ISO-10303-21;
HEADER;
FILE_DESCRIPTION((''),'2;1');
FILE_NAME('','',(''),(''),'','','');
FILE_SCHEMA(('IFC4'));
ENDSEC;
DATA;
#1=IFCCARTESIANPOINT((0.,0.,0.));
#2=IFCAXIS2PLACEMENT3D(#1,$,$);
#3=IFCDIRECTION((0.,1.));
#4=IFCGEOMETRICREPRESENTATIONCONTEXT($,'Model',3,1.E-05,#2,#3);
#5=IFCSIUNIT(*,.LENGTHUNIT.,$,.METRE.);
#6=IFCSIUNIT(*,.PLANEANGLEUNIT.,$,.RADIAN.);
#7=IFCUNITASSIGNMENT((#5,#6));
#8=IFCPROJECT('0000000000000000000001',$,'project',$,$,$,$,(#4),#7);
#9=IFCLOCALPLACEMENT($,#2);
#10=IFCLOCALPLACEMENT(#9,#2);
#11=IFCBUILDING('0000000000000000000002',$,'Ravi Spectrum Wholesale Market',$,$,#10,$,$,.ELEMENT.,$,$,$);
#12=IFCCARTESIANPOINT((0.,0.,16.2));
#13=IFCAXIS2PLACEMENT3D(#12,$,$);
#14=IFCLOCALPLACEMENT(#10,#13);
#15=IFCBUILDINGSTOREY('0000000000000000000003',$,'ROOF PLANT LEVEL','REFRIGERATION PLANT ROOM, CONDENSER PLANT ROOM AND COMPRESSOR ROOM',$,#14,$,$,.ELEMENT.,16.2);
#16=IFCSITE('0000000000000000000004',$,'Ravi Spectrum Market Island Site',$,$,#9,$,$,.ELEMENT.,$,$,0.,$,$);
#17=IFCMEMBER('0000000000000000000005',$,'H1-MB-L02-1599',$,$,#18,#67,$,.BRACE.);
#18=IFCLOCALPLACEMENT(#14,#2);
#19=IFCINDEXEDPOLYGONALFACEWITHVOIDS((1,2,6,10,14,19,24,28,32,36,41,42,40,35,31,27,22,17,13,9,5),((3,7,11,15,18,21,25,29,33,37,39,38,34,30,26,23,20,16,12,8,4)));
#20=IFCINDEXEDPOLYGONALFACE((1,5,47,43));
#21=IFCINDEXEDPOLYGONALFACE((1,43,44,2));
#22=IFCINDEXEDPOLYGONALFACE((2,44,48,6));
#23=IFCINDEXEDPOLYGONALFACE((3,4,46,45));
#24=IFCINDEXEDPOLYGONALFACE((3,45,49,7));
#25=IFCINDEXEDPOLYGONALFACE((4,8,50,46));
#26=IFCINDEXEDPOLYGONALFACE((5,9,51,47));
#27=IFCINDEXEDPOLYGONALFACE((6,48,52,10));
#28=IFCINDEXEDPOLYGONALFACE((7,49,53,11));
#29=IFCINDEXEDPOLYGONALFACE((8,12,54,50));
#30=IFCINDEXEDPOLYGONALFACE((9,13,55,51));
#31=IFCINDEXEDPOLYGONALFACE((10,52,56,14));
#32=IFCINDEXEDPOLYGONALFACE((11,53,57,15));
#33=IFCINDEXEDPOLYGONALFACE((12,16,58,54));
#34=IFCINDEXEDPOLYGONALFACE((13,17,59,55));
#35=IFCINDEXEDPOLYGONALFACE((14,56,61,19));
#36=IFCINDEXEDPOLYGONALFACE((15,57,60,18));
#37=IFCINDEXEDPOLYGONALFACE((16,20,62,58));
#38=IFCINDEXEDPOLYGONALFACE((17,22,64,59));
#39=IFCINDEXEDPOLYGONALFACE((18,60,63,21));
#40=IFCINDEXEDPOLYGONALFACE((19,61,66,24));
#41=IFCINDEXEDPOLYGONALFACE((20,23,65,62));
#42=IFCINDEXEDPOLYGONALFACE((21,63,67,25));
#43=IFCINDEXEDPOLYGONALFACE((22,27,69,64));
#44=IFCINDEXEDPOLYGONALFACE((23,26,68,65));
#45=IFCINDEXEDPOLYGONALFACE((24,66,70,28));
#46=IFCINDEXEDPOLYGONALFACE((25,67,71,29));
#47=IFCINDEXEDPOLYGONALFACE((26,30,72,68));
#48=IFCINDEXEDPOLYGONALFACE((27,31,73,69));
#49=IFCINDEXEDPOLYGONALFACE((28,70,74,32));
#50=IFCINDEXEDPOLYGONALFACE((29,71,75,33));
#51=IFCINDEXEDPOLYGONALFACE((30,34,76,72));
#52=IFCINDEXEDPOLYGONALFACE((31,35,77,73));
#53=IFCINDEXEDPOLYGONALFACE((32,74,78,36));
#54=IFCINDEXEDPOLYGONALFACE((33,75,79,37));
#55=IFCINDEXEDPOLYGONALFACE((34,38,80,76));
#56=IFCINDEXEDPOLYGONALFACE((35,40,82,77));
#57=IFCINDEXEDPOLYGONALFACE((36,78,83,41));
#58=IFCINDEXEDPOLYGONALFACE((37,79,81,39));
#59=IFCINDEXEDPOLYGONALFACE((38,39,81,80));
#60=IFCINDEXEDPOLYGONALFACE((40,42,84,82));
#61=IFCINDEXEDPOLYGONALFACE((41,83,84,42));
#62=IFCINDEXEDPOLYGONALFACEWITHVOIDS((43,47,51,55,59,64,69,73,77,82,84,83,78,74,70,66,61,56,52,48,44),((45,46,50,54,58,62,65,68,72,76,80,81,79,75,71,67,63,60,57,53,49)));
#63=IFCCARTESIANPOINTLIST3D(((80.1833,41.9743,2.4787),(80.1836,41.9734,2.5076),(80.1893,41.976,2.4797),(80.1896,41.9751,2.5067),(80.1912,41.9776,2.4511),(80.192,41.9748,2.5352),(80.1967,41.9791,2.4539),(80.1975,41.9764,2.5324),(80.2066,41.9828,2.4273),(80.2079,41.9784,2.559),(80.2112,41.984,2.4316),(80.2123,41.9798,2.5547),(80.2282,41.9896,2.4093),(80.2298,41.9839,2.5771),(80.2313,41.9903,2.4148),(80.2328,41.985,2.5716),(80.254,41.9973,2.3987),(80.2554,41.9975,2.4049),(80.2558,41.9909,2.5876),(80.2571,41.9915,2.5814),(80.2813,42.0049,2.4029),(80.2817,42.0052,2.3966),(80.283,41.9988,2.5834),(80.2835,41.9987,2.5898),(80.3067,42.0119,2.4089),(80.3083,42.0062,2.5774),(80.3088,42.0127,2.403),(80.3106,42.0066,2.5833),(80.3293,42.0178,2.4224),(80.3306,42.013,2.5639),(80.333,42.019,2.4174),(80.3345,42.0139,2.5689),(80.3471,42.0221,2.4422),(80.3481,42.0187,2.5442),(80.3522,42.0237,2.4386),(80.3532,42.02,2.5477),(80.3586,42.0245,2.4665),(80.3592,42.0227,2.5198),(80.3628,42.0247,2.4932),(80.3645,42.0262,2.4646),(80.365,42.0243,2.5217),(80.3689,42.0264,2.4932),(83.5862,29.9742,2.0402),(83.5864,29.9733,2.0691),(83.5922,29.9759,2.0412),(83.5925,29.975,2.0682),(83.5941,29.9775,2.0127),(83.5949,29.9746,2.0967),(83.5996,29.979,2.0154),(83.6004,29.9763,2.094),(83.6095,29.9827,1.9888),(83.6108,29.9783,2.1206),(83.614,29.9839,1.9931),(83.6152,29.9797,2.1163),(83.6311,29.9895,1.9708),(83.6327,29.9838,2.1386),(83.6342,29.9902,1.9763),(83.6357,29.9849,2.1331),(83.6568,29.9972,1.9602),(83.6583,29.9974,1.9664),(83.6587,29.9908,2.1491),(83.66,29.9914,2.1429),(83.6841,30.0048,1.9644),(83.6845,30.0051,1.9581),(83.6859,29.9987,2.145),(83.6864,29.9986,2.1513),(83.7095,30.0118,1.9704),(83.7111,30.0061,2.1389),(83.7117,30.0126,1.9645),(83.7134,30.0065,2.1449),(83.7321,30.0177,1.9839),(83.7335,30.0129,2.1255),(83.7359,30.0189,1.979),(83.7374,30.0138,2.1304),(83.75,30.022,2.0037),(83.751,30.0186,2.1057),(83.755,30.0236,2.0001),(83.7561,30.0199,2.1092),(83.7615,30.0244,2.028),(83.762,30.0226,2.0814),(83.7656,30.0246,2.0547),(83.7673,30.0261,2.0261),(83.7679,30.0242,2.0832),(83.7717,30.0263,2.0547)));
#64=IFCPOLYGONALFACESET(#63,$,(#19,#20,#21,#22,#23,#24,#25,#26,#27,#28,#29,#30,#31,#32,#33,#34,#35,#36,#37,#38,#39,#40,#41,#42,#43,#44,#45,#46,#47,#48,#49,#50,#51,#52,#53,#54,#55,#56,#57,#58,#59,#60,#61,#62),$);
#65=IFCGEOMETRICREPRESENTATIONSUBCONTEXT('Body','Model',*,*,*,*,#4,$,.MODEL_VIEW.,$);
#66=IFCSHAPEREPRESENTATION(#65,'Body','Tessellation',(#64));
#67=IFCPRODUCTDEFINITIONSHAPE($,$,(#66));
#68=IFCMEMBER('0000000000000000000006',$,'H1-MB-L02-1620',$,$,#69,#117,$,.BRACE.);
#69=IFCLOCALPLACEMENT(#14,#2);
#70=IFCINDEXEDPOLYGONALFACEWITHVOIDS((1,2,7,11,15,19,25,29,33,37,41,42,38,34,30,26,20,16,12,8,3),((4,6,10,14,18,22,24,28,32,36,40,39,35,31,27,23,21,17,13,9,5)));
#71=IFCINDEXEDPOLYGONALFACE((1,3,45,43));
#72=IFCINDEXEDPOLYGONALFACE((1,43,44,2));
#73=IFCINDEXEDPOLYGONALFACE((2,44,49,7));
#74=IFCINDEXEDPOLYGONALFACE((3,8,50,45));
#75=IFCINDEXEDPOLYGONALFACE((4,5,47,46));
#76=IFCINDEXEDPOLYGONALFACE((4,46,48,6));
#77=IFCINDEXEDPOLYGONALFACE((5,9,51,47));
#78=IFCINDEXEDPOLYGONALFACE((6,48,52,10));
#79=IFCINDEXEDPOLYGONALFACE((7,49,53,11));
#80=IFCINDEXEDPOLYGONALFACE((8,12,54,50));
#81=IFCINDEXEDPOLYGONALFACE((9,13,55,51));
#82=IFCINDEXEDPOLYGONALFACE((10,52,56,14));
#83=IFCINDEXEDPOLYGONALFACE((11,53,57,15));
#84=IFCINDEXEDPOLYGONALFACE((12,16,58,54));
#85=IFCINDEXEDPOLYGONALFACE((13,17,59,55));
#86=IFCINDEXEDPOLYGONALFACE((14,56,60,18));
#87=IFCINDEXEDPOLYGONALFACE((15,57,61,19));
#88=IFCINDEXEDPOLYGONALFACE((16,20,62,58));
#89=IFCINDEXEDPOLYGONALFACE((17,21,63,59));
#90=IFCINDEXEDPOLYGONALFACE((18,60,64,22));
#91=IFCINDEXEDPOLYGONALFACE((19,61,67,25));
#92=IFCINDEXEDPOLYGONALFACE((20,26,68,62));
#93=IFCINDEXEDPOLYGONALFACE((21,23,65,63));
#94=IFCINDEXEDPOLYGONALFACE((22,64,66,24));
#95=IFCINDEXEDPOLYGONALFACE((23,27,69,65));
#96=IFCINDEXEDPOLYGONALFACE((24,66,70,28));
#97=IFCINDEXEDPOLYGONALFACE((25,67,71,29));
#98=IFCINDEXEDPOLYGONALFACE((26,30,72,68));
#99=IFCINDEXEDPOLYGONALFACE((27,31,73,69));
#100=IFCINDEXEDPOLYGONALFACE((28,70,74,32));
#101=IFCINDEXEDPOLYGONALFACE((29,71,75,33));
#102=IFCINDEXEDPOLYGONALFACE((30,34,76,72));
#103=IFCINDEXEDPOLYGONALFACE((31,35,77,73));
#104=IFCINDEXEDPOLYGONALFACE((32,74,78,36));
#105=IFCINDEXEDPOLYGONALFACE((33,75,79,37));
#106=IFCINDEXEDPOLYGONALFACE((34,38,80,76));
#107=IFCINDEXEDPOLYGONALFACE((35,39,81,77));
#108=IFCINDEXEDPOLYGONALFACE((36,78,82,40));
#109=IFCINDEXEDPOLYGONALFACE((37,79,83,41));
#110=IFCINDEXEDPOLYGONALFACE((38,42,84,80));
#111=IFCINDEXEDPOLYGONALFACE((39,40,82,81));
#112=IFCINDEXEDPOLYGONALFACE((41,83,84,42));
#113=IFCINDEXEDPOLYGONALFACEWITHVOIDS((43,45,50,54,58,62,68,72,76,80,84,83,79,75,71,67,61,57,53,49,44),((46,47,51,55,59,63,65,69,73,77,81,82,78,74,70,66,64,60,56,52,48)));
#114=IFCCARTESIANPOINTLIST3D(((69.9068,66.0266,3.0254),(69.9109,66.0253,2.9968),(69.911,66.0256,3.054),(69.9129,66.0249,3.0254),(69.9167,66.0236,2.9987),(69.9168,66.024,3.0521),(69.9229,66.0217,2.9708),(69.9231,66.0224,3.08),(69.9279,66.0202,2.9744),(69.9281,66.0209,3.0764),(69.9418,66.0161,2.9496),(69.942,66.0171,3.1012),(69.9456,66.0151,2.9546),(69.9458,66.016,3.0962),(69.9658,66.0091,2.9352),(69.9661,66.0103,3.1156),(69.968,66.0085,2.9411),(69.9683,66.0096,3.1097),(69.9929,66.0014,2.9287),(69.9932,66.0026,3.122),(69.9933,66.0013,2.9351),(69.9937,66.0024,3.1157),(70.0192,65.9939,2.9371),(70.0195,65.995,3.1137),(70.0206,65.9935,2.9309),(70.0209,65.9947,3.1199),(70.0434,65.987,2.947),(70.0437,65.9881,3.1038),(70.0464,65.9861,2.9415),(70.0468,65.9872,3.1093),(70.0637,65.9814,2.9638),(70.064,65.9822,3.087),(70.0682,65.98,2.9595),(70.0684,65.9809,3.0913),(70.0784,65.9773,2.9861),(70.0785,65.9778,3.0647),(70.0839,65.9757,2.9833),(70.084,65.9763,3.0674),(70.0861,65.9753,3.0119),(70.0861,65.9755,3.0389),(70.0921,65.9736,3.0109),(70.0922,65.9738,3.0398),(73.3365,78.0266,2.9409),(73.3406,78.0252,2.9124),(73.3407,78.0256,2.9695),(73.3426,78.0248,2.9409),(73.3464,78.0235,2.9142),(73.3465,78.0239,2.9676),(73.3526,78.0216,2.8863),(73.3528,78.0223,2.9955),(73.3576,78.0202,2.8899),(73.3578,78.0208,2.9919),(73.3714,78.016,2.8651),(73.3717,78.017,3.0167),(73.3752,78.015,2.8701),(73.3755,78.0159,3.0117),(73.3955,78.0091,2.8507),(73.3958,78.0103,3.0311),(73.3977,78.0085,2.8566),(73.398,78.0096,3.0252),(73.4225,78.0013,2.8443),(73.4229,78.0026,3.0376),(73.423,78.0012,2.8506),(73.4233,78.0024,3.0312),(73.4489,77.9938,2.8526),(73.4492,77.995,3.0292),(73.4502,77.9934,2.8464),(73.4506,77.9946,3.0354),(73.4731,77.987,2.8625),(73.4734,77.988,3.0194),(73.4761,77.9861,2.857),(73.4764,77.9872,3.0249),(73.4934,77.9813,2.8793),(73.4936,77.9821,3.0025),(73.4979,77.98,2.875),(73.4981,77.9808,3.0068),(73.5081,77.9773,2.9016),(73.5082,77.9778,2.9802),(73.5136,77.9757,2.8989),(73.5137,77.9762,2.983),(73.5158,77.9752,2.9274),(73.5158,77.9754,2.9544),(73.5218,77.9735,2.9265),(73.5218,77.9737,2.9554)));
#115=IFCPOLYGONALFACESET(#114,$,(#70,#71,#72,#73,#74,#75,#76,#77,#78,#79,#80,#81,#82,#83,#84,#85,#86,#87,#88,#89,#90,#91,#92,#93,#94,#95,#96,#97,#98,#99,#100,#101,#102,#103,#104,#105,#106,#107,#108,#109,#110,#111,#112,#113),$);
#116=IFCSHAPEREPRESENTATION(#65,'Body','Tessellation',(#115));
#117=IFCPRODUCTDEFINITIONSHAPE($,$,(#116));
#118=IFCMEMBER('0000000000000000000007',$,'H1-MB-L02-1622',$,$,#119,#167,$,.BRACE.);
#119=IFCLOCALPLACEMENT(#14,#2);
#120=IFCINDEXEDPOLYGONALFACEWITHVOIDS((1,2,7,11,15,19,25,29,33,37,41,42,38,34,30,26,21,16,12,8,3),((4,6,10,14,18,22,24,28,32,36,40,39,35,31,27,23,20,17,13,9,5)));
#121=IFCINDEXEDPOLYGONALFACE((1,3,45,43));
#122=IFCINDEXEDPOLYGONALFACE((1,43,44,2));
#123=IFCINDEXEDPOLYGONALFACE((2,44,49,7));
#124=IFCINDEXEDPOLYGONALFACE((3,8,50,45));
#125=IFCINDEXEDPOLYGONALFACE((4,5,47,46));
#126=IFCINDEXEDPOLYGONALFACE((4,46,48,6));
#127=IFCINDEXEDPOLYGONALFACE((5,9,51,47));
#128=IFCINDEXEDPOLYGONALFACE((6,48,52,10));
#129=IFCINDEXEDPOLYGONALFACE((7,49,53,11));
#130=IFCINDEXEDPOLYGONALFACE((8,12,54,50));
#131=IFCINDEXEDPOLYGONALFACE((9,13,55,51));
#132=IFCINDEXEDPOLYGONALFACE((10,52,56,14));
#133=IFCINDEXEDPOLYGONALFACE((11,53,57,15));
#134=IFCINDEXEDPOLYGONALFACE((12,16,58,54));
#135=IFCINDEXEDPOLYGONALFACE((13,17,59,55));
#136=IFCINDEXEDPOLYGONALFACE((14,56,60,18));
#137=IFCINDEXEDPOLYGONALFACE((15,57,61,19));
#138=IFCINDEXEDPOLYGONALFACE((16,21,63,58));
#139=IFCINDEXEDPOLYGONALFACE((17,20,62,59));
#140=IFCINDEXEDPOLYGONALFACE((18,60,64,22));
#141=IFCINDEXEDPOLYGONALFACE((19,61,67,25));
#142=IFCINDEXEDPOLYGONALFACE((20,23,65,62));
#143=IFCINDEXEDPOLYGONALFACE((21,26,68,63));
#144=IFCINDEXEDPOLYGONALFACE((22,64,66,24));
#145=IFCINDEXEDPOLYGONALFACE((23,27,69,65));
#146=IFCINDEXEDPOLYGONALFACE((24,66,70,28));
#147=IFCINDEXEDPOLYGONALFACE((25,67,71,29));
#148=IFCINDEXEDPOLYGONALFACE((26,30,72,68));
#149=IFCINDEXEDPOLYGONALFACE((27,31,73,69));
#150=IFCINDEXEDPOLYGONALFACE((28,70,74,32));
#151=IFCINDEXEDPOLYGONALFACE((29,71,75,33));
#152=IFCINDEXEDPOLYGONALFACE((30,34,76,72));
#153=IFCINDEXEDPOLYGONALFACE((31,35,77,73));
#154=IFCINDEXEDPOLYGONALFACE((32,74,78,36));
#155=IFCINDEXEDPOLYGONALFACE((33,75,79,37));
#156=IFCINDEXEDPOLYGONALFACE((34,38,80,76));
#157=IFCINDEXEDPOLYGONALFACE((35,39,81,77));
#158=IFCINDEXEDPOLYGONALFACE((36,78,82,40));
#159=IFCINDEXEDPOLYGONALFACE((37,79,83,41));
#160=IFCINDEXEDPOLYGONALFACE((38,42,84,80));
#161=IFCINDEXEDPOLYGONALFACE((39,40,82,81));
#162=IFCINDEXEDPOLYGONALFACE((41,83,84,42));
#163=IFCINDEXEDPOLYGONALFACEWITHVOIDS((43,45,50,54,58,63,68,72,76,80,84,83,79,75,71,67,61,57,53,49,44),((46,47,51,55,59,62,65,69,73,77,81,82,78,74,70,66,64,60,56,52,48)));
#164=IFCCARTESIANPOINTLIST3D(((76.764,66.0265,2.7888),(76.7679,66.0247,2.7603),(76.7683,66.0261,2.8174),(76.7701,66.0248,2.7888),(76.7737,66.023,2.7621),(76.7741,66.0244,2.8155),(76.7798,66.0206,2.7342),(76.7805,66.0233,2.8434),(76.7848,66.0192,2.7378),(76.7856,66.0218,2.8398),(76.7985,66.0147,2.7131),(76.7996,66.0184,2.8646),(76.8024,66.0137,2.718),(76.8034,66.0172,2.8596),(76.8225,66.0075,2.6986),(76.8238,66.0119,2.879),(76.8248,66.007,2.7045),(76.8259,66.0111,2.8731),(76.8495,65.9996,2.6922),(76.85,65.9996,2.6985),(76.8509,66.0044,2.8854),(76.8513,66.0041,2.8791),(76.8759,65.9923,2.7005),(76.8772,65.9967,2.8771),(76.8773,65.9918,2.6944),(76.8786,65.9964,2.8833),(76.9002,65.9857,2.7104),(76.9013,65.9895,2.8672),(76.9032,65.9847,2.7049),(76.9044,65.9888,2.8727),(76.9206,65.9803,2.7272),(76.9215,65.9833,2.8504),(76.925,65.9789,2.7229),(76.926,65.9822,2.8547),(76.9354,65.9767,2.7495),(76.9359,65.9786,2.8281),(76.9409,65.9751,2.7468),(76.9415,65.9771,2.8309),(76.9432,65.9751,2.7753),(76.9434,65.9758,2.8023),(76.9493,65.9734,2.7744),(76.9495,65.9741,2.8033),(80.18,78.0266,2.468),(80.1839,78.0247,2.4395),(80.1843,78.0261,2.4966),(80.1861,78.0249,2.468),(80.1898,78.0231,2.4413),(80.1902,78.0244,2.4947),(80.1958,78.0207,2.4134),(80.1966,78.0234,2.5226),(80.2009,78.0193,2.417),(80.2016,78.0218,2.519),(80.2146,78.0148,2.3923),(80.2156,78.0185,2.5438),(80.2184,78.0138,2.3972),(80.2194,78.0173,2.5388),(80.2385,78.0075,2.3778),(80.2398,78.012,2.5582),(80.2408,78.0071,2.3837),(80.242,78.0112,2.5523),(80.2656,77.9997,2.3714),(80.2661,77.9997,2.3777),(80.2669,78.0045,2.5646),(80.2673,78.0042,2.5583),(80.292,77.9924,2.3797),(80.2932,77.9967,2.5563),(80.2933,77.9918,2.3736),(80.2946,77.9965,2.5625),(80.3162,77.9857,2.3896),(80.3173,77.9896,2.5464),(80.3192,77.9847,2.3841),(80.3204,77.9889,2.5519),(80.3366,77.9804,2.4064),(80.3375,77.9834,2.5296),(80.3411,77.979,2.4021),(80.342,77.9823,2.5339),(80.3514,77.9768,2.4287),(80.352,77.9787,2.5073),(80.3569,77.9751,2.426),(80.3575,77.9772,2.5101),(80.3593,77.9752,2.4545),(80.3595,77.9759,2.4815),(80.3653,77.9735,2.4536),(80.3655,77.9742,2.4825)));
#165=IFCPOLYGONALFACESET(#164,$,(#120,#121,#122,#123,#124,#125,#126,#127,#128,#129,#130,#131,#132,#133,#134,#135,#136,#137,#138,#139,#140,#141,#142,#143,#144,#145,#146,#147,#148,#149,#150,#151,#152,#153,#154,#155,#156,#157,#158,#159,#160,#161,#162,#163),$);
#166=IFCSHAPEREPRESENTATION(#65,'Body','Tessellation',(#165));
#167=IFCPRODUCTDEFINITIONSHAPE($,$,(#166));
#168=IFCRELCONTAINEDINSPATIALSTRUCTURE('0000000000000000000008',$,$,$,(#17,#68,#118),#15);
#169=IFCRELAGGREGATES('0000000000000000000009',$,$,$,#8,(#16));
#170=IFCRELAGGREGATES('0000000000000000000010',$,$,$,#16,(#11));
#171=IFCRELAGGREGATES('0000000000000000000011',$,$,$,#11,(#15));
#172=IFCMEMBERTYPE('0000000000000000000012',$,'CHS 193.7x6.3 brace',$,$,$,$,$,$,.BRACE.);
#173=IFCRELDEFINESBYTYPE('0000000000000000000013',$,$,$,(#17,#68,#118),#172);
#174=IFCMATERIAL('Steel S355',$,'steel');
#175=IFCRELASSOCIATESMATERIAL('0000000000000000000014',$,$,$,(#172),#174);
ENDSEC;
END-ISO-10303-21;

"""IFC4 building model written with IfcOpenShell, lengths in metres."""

from ifc_helpers import new_model, si_unit, direction, frame, origin, origin_2d, place, context, subcontext, project, spatial, hollow_circle, extrude, material, material_profile, profile_set, type_object, element, save


model = new_model("IFC4")

# Units and contexts
model_context = context("Model", 3, precision=1e-05, world=origin(), true_north=direction((0.0, 1.0)))
body_context = subcontext(model_context, "Body", "Model", "MODEL_VIEW")
ifc_project = project(units=[si_unit("LENGTHUNIT", "METRE"), si_unit("PLANEANGLEUNIT", "RADIAN")], contexts=[model_context])

# Site, building, storey
site_placement = place(None, origin())
site = spatial("IfcSite", under=ifc_project, at=site_placement, Name="Ravi Spectrum Market Island Site", CompositionType="ELEMENT", RefElevation=0.0)
building_placement = place(site_placement, origin())
building = spatial("IfcBuilding", under=site, at=building_placement, Name="Ravi Spectrum Wholesale Market", CompositionType="ELEMENT")
storey_placement = place(building_placement, frame((0.0, 0.0, 16.2)))
storey = spatial("IfcBuildingStorey", under=building, at=storey_placement, Name="ROOF PLANT LEVEL", Description="REFRIGERATION PLANT ROOM, CONDENSER PLANT ROOM AND COMPRESSOR ROOM", CompositionType="ELEMENT", Elevation=16.2)

# Members
ifc_material_1 = material(Name="Steel S355", Category="steel")
ifc_material_profile_1 = material_profile(ifc_material_1, hollow_circle(Radius=0.0969, WallThickness=0.0063, at=origin_2d()))
ifc_profile_set_1 = profile_set([ifc_material_profile_1], Name="Steel S355")
member_type_1 = type_object("IfcMemberType", Name="CHS 193.7x6.3 brace", PredefinedType="BRACE", material=ifc_profile_set_1)
member_1_placement = place(storey_placement, frame((80.2756, 42.0, 2.4932), z_axis=(0.272644, -0.961473, -0.035132), x_axis=(0.962067, 0.272813, 0.0)))
element("IfcMember", 1, at=member_1_placement, inside=storey, type_object=member_type_1, Name="H1-MB-L02-1599", PredefinedType="BRACE", context=body_context, shape_type="SweptSolid", body=[
    extrude(hollow_circle(Radius=0.0969, WallThickness=0.0063, at=origin_2d()), origin(), (0.0, 0.0, 1.0), 12.481),
])
member_2_placement = place(storey_placement, frame((70.0, 66.0, 3.0254), z_axis=(0.274798, 0.961478, -0.006768), x_axis=(-0.9615, 0.274804, 0.0)))
element("IfcMember", 2, at=member_2_placement, inside=storey, type_object=member_type_1, Name="H1-MB-L02-1620", PredefinedType="BRACE", context=body_context, shape_type="SweptSolid", body=[
    extrude(hollow_circle(Radius=0.0969, WallThickness=0.0063, at=origin_2d()), origin(), (0.0, 0.0, 1.0), 12.4807),
])
member_3_placement = place(storey_placement, frame((76.8572, 66.0, 2.7888), z_axis=(0.2737, 0.961472, -0.025703), x_axis=(-0.961789, 0.273791, 0.0)))
element("IfcMember", 3, at=member_3_placement, inside=storey, type_object=member_type_1, Name="H1-MB-L02-1622", PredefinedType="BRACE", context=body_context, shape_type="SweptSolid", body=[
    extrude(hollow_circle(Radius=0.0969, WallThickness=0.0063, at=origin_2d()), origin(), (0.0, 0.0, 1.0), 12.481),
])

save(model, "model.ifc")
